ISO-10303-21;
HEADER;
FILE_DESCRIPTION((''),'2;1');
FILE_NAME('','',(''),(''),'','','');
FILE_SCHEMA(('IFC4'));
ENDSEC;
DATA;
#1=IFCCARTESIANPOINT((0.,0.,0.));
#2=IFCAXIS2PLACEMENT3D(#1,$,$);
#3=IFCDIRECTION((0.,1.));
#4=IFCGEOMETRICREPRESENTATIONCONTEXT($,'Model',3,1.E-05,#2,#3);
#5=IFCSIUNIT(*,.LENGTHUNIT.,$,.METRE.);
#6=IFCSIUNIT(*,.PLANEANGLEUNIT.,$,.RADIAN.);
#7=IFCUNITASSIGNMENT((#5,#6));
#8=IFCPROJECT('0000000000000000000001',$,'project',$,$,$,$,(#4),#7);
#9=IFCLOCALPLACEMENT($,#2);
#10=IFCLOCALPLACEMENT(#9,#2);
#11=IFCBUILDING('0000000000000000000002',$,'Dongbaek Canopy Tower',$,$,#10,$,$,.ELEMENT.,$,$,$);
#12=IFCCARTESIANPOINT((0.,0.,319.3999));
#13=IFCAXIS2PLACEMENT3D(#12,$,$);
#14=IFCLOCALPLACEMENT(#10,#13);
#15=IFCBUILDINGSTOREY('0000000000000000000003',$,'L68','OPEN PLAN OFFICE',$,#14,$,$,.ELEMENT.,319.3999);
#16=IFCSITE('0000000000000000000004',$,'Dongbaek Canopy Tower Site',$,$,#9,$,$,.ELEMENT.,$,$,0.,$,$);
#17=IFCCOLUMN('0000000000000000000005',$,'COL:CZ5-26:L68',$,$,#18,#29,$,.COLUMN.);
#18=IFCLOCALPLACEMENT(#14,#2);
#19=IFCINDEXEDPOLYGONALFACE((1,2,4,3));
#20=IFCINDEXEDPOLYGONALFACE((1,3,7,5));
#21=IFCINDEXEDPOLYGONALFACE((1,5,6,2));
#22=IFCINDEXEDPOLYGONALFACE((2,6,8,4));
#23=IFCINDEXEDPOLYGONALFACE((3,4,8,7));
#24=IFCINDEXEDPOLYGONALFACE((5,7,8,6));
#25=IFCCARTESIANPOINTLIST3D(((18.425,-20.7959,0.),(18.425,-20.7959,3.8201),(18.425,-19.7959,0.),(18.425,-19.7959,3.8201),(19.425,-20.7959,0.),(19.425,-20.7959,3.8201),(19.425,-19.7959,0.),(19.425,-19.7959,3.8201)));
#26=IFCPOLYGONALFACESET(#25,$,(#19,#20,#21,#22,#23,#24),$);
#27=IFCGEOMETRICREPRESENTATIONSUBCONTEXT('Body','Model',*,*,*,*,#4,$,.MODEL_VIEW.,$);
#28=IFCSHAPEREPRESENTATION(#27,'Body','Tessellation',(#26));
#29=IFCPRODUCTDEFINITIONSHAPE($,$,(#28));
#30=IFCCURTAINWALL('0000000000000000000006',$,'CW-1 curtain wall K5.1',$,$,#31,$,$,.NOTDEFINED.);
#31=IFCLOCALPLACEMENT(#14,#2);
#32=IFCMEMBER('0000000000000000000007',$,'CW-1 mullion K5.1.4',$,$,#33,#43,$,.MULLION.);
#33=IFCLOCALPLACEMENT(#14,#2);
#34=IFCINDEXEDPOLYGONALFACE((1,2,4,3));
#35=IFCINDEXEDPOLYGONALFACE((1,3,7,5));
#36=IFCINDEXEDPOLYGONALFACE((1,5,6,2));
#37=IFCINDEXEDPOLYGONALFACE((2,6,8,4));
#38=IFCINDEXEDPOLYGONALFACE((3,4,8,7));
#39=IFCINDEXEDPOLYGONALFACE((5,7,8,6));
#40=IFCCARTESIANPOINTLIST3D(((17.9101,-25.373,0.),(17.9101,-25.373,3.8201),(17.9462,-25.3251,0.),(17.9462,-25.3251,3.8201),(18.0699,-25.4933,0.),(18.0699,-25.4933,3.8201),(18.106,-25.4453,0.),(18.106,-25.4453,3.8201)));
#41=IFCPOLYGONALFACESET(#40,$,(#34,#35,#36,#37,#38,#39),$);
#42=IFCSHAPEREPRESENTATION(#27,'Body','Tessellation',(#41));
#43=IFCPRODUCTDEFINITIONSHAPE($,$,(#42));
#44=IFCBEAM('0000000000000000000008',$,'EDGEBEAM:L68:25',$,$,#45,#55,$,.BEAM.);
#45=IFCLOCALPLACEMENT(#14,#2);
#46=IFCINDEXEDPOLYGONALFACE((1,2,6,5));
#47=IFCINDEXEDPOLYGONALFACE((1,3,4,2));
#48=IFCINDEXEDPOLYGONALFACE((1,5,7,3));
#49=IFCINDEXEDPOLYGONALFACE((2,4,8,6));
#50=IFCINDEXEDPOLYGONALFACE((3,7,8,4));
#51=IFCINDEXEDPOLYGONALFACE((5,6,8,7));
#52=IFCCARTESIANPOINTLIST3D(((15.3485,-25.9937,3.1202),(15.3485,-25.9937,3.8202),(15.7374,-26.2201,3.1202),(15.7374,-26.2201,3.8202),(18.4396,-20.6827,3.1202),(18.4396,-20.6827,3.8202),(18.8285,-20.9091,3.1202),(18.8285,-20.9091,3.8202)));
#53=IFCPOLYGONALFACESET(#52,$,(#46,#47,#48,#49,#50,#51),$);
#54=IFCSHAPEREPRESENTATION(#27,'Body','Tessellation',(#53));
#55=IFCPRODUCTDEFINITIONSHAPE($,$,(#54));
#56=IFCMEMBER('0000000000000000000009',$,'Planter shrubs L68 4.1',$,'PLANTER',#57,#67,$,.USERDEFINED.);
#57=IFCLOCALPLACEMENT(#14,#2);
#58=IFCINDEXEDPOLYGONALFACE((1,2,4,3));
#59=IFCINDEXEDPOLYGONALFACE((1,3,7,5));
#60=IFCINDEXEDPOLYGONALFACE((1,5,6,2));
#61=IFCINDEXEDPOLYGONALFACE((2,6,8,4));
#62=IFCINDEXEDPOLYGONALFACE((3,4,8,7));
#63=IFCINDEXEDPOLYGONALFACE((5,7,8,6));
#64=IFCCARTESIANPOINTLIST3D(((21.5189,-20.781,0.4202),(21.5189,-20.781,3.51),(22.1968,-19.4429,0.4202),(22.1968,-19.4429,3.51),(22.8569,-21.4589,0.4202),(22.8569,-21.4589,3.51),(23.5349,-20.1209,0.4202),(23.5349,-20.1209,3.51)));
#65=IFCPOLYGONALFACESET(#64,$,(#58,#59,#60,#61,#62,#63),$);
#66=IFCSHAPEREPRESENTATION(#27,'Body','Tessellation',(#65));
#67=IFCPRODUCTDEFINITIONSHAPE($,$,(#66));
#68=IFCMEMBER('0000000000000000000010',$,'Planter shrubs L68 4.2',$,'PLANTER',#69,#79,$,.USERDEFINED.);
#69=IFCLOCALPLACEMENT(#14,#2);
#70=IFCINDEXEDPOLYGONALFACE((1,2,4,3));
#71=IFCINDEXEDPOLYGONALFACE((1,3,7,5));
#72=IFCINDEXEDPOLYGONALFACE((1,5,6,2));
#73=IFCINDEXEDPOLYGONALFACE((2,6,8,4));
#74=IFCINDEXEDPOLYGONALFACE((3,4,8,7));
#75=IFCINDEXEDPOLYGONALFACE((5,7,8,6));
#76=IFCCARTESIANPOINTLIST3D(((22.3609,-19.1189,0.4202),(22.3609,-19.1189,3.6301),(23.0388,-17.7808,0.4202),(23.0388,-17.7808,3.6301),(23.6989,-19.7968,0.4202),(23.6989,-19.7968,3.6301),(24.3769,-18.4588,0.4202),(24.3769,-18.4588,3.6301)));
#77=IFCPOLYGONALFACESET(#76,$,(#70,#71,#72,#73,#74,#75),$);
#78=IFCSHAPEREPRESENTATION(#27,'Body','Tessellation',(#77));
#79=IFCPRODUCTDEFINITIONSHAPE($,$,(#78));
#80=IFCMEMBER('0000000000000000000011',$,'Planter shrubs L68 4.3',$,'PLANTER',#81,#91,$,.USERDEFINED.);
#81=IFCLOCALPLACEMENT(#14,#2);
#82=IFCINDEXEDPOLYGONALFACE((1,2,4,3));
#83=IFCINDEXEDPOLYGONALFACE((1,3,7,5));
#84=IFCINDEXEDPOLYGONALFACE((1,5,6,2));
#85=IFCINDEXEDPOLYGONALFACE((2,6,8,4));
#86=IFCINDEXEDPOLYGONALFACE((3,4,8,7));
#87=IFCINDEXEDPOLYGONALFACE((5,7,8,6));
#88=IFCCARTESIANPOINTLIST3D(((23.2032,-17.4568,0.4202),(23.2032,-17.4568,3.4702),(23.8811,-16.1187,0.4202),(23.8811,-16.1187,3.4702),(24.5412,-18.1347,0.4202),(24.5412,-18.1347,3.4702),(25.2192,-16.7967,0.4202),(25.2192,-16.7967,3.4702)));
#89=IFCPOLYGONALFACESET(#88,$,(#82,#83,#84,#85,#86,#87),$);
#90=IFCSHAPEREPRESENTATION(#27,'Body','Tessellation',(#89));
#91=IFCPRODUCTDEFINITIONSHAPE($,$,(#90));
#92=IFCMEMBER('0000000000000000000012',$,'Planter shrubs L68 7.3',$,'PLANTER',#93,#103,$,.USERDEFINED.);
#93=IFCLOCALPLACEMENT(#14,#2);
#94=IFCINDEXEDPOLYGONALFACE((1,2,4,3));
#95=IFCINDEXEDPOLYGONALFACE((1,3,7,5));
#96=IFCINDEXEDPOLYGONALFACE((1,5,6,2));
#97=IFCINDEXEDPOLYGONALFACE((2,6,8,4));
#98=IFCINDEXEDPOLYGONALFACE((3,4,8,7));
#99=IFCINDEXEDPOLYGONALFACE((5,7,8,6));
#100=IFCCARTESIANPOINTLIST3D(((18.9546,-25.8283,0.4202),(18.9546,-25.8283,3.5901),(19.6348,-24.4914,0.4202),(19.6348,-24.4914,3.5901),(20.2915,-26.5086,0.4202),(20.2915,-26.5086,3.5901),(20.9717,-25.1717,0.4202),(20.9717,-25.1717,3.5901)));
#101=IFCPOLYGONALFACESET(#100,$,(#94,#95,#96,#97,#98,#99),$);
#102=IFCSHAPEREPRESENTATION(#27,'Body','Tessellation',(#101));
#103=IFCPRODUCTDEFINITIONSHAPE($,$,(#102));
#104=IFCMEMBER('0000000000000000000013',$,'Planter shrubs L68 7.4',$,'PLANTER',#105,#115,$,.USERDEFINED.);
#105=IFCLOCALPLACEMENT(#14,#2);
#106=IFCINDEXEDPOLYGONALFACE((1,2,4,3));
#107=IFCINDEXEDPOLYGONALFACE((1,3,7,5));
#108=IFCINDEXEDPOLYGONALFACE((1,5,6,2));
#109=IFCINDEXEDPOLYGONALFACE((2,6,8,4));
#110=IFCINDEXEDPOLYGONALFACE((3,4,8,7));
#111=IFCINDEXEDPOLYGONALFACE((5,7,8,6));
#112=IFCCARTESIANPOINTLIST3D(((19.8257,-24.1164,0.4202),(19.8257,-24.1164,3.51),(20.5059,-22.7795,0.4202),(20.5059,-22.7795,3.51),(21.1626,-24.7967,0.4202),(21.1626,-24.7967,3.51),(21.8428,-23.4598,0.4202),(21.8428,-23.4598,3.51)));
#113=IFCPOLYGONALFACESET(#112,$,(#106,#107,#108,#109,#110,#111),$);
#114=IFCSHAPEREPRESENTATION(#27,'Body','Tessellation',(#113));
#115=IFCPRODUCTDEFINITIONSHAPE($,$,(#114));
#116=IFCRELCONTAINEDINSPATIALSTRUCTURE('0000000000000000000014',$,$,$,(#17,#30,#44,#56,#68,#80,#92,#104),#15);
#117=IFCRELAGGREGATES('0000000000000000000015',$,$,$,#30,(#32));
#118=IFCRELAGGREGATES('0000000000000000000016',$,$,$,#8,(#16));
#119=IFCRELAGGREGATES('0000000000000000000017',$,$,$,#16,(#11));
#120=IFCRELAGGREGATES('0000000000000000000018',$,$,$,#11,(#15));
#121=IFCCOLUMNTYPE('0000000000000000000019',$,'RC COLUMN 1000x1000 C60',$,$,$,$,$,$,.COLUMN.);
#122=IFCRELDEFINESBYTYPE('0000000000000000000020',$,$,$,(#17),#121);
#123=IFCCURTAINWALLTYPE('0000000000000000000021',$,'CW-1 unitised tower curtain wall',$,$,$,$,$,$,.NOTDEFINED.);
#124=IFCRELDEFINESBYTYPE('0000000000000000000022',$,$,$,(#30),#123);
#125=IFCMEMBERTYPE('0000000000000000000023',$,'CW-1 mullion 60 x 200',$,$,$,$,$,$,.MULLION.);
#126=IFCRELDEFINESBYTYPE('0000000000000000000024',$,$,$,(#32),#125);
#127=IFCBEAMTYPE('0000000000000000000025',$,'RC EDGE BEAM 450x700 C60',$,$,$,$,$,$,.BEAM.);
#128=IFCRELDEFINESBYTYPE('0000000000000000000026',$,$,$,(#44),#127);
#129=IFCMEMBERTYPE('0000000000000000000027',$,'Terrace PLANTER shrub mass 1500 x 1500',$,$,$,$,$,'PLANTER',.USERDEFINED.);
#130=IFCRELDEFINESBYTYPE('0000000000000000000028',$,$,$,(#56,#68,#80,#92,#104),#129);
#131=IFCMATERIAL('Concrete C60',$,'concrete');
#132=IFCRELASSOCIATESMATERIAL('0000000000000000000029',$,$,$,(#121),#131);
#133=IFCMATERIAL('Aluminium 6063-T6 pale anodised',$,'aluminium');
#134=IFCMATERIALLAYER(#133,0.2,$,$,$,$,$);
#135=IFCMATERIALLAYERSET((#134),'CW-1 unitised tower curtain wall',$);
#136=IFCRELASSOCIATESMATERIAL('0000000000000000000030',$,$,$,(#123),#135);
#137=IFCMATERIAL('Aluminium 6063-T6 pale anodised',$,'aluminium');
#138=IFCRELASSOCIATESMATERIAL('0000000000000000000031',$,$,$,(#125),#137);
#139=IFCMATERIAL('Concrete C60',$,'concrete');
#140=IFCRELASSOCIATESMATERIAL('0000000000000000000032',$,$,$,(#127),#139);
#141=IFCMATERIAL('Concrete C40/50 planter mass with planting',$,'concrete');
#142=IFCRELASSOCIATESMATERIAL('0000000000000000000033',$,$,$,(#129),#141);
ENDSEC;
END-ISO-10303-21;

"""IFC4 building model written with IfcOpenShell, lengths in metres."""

from ifc_helpers import new_model, si_unit, direction, frame, origin, origin_2d, place, context, subcontext, project, spatial, rectangle, extrude, material, layer, layer_set, material_profile, profile_set, type_object, element, aggregate, save


model = new_model("IFC4")

# Units and contexts
model_context = context("Model", 3, precision=1e-05, world=origin(), true_north=direction((0.0, 1.0)))
body_context = subcontext(model_context, "Body", "Model", "MODEL_VIEW")
ifc_project = project(units=[si_unit("LENGTHUNIT", "METRE"), si_unit("PLANEANGLEUNIT", "RADIAN")], contexts=[model_context])

# Site, building, storey
site_placement = place(None, origin())
site = spatial("IfcSite", under=ifc_project, at=site_placement, Name="Dongbaek Canopy Tower Site", CompositionType="ELEMENT", RefElevation=0.0)
building_placement = place(site_placement, origin())
building = spatial("IfcBuilding", under=site, at=building_placement, Name="Dongbaek Canopy Tower", CompositionType="ELEMENT")
storey_placement = place(building_placement, frame((0.0, 0.0, 319.3999)))
storey = spatial("IfcBuildingStorey", under=building, at=storey_placement, Name="L68", Description="OPEN PLAN OFFICE", CompositionType="ELEMENT", Elevation=319.3999)

# Column
ifc_material_1 = material(Name="Concrete C60", Category="concrete")
ifc_material_profile_1 = material_profile(ifc_material_1, rectangle(XDim=1.0, YDim=1.0, at=origin_2d()), Name="RC COLUMN 1000x1000 C60")
ifc_profile_set_1 = profile_set([ifc_material_profile_1], Name="Concrete C60")
column_type = type_object("IfcColumnType", Name="RC COLUMN 1000x1000 C60", PredefinedType="COLUMN", material=ifc_profile_set_1)
column_placement = place(storey_placement, frame((18.925, -20.2959, 0.0), z_axis=(0.0, 0.0, 1.0), x_axis=(1.0, 0.0, 0.0)))
element("IfcColumn", 1, at=column_placement, inside=storey, type_object=column_type, Name="COL:CZ5-26:L68", PredefinedType="COLUMN", context=body_context, shape_type="SweptSolid", body=[
    extrude(rectangle(XDim=1.0, YDim=1.0, at=origin_2d()), origin(), (0.0, 0.0, 1.0), 3.8201),
])

# Curtain wall, member
ifc_material_2 = material(Name="Aluminium 6063-T6 pale anodised", Category="aluminium")
ifc_layer_1 = layer(ifc_material_2, 0.2)
ifc_layer_set_1 = layer_set([ifc_layer_1], Name="CW-1 unitised tower curtain wall")
curtain_wall_type = type_object("IfcCurtainWallType", Name="CW-1 unitised tower curtain wall", PredefinedType="NOTDEFINED", material=ifc_layer_set_1)
curtain_wall_placement = place(storey_placement, origin())
curtain_wall = element("IfcCurtainWall", 2, at=curtain_wall_placement, inside=storey, type_object=curtain_wall_type, Name="CW-1 curtain wall K5.1", PredefinedType="NOTDEFINED")
ifc_material_3 = material(Name="Aluminium 6063-T6 pale anodised", Category="aluminium")
ifc_material_profile_2 = material_profile(ifc_material_3, rectangle(XDim=0.2, YDim=0.0601, at=origin_2d()), Name="CW-1 mullion 60 x 200")
ifc_profile_set_2 = profile_set([ifc_material_profile_2], Name="Aluminium 6063-T6 pale anodised")
member_type_1 = type_object("IfcMemberType", Name="CW-1 mullion 60 x 200", PredefinedType="MULLION", material=ifc_profile_set_2)
member_1_placement = place(storey_placement, frame((18.0081, -25.4092, 0.0), z_axis=(0.0, 0.0, 1.0), x_axis=(0.798892, -0.601475, 0.0)))
member_1 = element("IfcMember", 3, at=member_1_placement, type_object=member_type_1, Name="CW-1 mullion K5.1.4", PredefinedType="MULLION", context=body_context, shape_type="SweptSolid", body=[
    extrude(rectangle(XDim=0.2, YDim=0.0601, at=origin_2d()), origin(), (0.0, 0.0, 1.0), 3.8201),
])
aggregate(curtain_wall, [member_1])

# Beam
ifc_material_4 = material(Name="Concrete C60", Category="concrete")
ifc_material_profile_3 = material_profile(ifc_material_4, rectangle(XDim=0.45, YDim=0.7, at=origin_2d()), Name="RC EDGE BEAM 450x700 C60")
ifc_profile_set_3 = profile_set([ifc_material_profile_3], Name="Concrete C60")
beam_type = type_object("IfcBeamType", Name="RC EDGE BEAM 450x700 C60", PredefinedType="BEAM", material=ifc_profile_set_3)
beam_placement = place(storey_placement, frame((18.634, -20.7959, 3.4702), z_axis=(-0.503016, -0.864277, 0.0), x_axis=(0.864277, -0.503016, 0.0)))
element("IfcBeam", 4, at=beam_placement, inside=storey, type_object=beam_type, Name="EDGEBEAM:L68:25", PredefinedType="BEAM", context=body_context, shape_type="SweptSolid", body=[
    extrude(rectangle(XDim=0.45, YDim=0.7, at=origin_2d()), origin(), (0.0, 0.0, 1.0), 6.145),
])

# Members
ifc_material_5 = material(Name="Concrete C40/50 planter mass with planting", Category="concrete")
ifc_material_profile_4 = material_profile(ifc_material_5, rectangle(XDim=1.5, YDim=1.5, at=origin_2d()), Name="Terrace PLANTER shrub mass 1500 x 1500")
ifc_profile_set_4 = profile_set([ifc_material_profile_4], Name="Concrete C40/50 planter mass with planting")
member_type_2 = type_object("IfcMemberType", Name="Terrace PLANTER shrub mass 1500 x 1500", ElementType="PLANTER", PredefinedType="USERDEFINED", material=ifc_profile_set_4)
member_2_placement = place(storey_placement, frame((22.5269, -20.4509, 0.4202), z_axis=(0.0, 0.0, 1.0), x_axis=(0.892033, -0.45197, 0.0)))
element("IfcMember", 5, at=member_2_placement, inside=storey, type_object=member_type_2, Name="Planter shrubs L68 4.1", ObjectType="PLANTER", PredefinedType="USERDEFINED", context=body_context, shape_type="SweptSolid", body=[
    extrude(rectangle(XDim=1.5, YDim=1.5, at=origin_2d()), origin(), (0.0, 0.0, 1.0), 3.0898),
])
member_3_placement = place(storey_placement, frame((23.3689, -18.7888, 0.4202), z_axis=(0.0, 0.0, 1.0), x_axis=(0.892033, -0.45197, 0.0)))
element("IfcMember", 6, at=member_3_placement, inside=storey, type_object=member_type_2, Name="Planter shrubs L68 4.2", ObjectType="PLANTER", PredefinedType="USERDEFINED", context=body_context, shape_type="SweptSolid", body=[
    extrude(rectangle(XDim=1.5, YDim=1.5, at=origin_2d()), origin(), (0.0, 0.0, 1.0), 3.21),
])
member_4_placement = place(storey_placement, frame((24.2112, -17.1267, 0.4202), z_axis=(0.0, 0.0, 1.0), x_axis=(0.892033, -0.45197, 0.0)))
element("IfcMember", 7, at=member_4_placement, inside=storey, type_object=member_type_2, Name="Planter shrubs L68 4.3", ObjectType="PLANTER", PredefinedType="USERDEFINED", context=body_context, shape_type="SweptSolid", body=[
    extrude(rectangle(XDim=1.5, YDim=1.5, at=origin_2d()), origin(), (0.0, 0.0, 1.0), 3.05),
])
member_5_placement = place(storey_placement, frame((19.9631, -25.5, 0.4202), z_axis=(0.0, 0.0, 1.0), x_axis=(0.891259, -0.453494, 0.0)))
element("IfcMember", 8, at=member_5_placement, inside=storey, type_object=member_type_2, Name="Planter shrubs L68 7.3", ObjectType="PLANTER", PredefinedType="USERDEFINED", context=body_context, shape_type="SweptSolid", body=[
    extrude(rectangle(XDim=1.5, YDim=1.5, at=origin_2d()), origin(), (0.0, 0.0, 1.0), 3.1699),
])
member_6_placement = place(storey_placement, frame((20.8342, -23.7881, 0.4202), z_axis=(0.0, 0.0, 1.0), x_axis=(0.891259, -0.453494, 0.0)))
element("IfcMember", 9, at=member_6_placement, inside=storey, type_object=member_type_2, Name="Planter shrubs L68 7.4", ObjectType="PLANTER", PredefinedType="USERDEFINED", context=body_context, shape_type="SweptSolid", body=[
    extrude(rectangle(XDim=1.5, YDim=1.5, at=origin_2d()), origin(), (0.0, 0.0, 1.0), 3.0898),
])

save(model, "model.ifc")
